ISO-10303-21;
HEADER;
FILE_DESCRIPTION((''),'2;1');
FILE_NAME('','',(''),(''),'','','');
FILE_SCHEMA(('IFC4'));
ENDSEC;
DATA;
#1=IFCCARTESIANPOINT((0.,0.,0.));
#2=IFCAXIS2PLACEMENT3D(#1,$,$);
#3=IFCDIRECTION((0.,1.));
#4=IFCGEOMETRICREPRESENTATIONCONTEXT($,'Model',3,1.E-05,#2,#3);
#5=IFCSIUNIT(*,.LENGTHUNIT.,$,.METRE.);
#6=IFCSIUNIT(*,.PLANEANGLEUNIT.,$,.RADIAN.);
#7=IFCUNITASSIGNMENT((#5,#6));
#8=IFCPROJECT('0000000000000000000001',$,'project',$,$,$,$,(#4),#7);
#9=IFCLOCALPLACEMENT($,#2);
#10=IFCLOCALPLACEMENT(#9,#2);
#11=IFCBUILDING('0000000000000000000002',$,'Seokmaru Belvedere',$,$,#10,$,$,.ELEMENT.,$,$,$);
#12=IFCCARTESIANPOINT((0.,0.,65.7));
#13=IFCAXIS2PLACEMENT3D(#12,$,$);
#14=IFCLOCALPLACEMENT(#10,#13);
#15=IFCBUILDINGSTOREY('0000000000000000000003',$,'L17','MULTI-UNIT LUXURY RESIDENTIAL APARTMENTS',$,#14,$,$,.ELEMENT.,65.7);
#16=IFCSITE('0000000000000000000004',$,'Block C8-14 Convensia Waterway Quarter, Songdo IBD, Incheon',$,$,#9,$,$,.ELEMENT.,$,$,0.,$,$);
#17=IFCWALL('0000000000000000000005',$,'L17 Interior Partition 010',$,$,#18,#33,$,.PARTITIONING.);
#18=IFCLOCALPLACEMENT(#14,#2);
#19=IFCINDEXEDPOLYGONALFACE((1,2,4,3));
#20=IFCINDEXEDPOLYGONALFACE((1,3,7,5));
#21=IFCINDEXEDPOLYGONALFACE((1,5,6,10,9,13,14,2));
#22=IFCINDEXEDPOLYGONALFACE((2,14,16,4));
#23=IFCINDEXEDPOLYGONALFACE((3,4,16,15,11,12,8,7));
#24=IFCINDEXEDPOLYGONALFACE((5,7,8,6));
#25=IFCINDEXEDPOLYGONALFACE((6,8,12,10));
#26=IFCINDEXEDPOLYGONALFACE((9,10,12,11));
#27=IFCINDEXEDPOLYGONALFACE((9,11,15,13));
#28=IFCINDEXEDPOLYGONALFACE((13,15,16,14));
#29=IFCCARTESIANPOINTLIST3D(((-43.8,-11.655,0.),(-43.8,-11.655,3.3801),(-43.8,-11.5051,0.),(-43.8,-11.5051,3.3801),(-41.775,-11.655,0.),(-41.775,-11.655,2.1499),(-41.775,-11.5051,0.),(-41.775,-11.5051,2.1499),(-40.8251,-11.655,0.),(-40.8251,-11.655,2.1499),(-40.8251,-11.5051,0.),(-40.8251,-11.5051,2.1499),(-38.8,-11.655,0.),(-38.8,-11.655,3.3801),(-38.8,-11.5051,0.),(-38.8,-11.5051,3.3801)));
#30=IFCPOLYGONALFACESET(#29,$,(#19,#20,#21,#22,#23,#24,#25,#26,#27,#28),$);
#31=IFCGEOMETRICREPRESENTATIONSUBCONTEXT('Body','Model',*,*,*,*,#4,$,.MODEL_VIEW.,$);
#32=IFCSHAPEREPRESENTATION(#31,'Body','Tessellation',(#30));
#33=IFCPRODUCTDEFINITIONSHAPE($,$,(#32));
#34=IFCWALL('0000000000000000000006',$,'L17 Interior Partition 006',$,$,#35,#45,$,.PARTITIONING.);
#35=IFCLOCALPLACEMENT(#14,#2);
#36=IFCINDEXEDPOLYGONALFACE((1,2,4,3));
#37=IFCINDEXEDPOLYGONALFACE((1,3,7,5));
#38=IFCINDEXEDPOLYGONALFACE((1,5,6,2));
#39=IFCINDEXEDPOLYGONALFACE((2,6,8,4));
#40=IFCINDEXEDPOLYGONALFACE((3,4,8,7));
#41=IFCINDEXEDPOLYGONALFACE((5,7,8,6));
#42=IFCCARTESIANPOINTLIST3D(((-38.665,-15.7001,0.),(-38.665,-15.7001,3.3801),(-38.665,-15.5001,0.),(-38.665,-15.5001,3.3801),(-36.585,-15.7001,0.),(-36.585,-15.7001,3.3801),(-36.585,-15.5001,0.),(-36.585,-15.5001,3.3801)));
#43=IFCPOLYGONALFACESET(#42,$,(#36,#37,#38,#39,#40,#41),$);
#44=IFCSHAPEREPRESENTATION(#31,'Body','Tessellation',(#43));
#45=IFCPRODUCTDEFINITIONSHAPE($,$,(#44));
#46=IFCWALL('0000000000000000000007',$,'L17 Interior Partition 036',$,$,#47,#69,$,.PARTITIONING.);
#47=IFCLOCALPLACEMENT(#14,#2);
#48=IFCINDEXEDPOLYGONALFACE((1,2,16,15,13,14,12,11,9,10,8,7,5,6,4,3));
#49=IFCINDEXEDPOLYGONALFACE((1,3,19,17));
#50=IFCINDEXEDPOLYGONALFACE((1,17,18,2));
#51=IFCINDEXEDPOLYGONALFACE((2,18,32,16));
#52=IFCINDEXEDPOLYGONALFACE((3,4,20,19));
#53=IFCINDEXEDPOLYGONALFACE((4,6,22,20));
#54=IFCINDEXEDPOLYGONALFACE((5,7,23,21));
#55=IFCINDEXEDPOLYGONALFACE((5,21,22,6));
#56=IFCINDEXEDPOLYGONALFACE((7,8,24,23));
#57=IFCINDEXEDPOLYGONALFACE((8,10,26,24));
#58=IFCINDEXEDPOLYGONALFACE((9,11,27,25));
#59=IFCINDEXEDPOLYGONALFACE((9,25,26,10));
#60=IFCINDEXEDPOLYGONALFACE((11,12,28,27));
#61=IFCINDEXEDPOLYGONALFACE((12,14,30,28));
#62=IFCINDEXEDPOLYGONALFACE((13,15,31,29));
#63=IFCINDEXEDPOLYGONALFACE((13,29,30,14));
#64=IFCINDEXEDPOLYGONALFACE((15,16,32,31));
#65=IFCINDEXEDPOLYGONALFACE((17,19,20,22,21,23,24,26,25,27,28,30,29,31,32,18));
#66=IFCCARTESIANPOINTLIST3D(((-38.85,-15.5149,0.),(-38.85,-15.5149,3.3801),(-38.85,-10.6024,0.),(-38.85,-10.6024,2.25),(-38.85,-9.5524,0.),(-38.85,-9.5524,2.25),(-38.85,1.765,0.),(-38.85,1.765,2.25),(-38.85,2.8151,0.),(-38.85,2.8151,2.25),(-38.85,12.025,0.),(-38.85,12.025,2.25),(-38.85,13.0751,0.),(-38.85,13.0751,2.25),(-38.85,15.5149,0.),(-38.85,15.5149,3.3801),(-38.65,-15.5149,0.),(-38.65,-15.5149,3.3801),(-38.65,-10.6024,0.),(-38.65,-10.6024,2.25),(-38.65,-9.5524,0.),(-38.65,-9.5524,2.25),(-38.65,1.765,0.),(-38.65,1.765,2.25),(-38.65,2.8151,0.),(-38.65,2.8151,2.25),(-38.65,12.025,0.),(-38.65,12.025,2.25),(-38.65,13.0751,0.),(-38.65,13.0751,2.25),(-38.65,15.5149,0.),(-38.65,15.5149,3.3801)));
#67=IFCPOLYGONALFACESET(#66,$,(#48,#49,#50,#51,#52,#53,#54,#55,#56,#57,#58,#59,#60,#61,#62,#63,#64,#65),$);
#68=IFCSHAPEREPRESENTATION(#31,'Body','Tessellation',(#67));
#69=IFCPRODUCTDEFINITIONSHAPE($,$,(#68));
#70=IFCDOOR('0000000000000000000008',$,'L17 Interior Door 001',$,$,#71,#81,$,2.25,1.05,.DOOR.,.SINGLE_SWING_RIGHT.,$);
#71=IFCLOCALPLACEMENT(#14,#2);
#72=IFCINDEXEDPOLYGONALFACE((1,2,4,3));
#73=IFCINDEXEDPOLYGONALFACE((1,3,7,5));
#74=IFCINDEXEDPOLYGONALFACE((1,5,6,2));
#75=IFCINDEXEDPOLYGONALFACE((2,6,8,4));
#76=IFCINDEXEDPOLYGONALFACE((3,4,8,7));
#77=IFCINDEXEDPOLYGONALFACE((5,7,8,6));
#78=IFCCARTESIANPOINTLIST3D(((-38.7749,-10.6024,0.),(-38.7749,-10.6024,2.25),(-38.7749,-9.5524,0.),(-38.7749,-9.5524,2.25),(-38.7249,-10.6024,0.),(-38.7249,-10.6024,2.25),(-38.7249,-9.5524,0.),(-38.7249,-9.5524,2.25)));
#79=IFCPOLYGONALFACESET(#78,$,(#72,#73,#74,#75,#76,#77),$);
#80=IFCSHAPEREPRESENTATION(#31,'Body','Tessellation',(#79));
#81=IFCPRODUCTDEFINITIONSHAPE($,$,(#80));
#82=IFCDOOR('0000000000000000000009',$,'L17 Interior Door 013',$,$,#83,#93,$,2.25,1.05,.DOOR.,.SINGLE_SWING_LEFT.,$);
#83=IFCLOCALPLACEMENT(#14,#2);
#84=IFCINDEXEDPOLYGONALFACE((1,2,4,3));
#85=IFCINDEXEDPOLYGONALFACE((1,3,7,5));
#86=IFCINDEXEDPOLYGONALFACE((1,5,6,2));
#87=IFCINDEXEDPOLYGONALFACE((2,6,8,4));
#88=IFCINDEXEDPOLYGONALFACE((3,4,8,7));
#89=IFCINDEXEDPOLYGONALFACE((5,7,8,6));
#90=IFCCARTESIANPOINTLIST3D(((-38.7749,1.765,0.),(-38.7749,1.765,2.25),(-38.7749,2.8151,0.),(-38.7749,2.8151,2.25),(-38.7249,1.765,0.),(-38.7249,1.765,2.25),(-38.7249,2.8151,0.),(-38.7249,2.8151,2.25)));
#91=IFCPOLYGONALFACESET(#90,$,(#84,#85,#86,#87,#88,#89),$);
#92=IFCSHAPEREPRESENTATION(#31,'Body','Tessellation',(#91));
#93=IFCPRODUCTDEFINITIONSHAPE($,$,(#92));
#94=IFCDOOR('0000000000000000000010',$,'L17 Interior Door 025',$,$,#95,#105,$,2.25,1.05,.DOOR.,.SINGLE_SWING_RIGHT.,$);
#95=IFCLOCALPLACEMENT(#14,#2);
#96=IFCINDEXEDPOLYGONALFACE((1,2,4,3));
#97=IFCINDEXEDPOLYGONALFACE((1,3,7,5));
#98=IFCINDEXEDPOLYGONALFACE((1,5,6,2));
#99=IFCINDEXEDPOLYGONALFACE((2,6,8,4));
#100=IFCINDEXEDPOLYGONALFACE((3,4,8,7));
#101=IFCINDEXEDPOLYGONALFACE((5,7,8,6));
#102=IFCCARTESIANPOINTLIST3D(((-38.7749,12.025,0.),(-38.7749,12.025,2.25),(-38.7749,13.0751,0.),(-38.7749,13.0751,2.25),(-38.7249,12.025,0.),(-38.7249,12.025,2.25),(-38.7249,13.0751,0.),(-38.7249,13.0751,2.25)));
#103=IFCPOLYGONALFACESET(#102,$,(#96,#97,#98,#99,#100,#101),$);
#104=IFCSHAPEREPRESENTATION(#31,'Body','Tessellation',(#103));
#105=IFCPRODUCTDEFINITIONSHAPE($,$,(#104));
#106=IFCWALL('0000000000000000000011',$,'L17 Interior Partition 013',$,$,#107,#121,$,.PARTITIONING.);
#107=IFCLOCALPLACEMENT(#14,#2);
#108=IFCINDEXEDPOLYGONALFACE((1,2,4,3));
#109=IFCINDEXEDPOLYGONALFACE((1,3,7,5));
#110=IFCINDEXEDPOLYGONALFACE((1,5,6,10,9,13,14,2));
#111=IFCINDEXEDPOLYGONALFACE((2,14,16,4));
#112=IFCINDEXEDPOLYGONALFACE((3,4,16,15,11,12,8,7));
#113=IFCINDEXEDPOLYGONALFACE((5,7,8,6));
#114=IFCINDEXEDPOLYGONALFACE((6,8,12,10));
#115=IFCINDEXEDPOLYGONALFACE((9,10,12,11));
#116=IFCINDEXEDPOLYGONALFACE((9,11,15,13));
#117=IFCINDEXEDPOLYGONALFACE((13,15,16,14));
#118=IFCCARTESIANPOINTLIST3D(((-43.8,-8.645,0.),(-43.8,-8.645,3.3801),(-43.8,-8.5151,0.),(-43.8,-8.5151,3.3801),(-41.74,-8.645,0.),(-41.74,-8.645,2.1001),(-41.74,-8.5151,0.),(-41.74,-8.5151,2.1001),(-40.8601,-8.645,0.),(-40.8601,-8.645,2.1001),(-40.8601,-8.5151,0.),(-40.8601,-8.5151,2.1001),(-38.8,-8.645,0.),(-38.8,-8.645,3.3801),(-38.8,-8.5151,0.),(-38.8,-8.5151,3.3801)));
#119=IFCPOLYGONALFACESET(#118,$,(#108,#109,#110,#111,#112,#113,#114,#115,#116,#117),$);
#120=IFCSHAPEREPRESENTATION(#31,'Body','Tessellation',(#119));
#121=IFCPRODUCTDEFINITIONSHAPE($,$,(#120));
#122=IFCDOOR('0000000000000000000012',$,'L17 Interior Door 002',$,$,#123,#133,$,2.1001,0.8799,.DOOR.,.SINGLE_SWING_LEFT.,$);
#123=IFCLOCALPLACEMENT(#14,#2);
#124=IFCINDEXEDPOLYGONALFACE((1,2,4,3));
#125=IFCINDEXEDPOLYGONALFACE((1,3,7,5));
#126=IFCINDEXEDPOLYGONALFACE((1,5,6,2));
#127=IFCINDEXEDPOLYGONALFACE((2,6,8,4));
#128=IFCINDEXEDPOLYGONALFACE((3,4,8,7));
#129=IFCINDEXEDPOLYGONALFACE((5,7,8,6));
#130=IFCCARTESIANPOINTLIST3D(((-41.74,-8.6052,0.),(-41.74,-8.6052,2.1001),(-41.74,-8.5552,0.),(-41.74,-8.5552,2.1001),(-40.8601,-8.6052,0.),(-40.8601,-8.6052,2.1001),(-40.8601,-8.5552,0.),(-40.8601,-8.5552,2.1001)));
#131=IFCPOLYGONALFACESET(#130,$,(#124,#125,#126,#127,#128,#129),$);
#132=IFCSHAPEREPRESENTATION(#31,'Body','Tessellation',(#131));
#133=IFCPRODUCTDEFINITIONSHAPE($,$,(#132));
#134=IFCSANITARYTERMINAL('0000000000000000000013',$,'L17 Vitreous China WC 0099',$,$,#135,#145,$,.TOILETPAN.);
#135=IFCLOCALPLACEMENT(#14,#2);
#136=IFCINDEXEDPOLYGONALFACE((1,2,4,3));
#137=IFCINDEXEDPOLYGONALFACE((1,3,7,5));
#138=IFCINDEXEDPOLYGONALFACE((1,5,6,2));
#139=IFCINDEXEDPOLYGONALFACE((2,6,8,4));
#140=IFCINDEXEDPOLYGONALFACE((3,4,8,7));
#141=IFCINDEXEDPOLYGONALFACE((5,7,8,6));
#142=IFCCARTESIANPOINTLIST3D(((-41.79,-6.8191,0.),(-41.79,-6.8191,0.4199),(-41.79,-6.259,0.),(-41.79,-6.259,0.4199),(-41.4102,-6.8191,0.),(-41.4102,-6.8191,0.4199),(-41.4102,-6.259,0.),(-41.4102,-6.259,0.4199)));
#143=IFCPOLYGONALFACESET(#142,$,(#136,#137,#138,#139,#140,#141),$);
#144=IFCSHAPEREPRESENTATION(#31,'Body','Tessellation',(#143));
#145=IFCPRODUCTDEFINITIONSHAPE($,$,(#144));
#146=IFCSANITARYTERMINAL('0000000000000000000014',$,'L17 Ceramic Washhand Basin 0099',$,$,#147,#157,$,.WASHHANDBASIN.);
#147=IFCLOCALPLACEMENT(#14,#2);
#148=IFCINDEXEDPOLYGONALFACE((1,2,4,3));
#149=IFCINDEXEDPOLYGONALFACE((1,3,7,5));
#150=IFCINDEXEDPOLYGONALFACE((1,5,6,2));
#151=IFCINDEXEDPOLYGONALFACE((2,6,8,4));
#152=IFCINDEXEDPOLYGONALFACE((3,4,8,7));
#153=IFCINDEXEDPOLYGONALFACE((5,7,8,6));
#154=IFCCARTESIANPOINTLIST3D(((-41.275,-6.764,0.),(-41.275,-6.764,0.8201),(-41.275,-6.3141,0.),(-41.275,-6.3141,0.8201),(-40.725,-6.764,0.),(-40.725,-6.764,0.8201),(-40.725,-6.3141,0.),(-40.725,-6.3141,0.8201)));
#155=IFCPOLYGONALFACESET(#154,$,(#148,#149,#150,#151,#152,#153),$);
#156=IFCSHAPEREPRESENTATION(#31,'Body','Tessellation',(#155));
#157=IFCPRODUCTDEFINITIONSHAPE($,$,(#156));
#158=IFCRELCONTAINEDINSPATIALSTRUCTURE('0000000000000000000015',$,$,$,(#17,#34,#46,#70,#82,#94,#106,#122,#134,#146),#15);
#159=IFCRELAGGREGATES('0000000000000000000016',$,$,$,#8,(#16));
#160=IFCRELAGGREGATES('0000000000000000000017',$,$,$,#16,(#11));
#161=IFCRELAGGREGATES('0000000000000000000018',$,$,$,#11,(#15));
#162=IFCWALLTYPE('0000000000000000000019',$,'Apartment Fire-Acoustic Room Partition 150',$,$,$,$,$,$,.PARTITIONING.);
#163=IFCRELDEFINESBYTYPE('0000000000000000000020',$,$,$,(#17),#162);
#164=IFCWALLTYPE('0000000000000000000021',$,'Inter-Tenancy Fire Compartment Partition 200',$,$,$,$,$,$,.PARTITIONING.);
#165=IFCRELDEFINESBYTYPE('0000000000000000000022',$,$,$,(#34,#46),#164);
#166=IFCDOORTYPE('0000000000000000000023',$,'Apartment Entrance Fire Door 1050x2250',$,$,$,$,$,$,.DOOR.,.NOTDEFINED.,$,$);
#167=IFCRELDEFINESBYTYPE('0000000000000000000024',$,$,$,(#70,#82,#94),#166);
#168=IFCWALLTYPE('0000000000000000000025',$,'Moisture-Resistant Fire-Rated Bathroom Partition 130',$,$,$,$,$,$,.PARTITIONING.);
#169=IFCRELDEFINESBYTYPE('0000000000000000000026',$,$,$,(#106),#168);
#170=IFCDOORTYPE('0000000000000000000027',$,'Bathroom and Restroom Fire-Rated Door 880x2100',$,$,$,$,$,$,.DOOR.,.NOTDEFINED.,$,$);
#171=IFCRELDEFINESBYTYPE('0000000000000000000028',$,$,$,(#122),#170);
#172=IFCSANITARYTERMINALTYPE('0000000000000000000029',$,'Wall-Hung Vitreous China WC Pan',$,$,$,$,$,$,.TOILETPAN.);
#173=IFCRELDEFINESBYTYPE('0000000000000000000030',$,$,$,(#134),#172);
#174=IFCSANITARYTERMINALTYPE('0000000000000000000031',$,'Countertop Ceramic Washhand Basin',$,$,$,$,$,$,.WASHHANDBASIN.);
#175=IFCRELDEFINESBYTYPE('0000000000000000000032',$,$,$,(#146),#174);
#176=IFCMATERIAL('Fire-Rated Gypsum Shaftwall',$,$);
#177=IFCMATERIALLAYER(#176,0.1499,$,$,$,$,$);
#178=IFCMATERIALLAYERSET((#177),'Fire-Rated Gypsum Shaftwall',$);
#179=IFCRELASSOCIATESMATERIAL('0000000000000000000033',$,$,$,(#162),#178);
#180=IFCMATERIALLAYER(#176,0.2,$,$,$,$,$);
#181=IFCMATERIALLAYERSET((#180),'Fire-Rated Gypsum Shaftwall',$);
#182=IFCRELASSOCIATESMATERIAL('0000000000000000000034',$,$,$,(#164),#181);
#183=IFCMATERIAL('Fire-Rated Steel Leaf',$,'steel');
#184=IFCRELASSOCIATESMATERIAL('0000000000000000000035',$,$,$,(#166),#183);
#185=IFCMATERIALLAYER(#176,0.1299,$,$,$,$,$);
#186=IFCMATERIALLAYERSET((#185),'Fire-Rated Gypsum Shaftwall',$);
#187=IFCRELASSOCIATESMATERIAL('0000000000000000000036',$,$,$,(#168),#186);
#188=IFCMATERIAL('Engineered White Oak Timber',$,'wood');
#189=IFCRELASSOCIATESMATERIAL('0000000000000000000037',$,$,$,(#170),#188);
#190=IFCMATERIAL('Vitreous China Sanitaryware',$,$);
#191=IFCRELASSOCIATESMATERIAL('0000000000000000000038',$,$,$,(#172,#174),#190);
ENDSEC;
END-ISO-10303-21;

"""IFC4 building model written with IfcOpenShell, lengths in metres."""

from ifc_helpers import new_model, si_unit, direction, frame, frame_2d, origin, origin_2d, place, context, subcontext, project, spatial, rectangle, extrude, source, transform, mapped, material, layer, layer_set, type_object, type_shapes, element, fill, save


model = new_model("IFC4")

# Units and contexts
model_context = context("Model", 3, precision=1e-05, world=origin(), true_north=direction((0.0, 1.0)))
body_context = subcontext(model_context, "Body", "Model", "MODEL_VIEW")
ifc_project = project(units=[si_unit("LENGTHUNIT", "METRE"), si_unit("PLANEANGLEUNIT", "RADIAN")], contexts=[model_context])

# Site, building, storey
site_placement = place(None, origin())
site = spatial("IfcSite", under=ifc_project, at=site_placement, Name="Block C8-14 Convensia Waterway Quarter, Songdo IBD, Incheon", CompositionType="ELEMENT", RefElevation=0.0)
building_placement = place(site_placement, origin())
building = spatial("IfcBuilding", under=site, at=building_placement, Name="Seokmaru Belvedere", CompositionType="ELEMENT")
storey_placement = place(building_placement, frame((0.0, 0.0, 65.7)))
storey = spatial("IfcBuildingStorey", under=building, at=storey_placement, Name="L17", Description="MULTI-UNIT LUXURY RESIDENTIAL APARTMENTS", CompositionType="ELEMENT", Elevation=65.7)

# Wall, opening
ifc_material_1 = material(Name="Fire-Rated Gypsum Shaftwall")
ifc_layer_1 = layer(ifc_material_1, 0.1499)
ifc_layer_set_1 = layer_set([ifc_layer_1], Name="Fire-Rated Gypsum Shaftwall")
wall_type_1 = type_object("IfcWallType", Name="Apartment Fire-Acoustic Room Partition 150", PredefinedType="PARTITIONING", material=ifc_layer_set_1)
wall_1_placement = place(storey_placement, frame((-43.8, -11.5801, 0.0), z_axis=(0.0, 0.0, 1.0), x_axis=(1.0, 0.0, 0.0)))
wall_1 = element("IfcWall", 1, at=wall_1_placement, inside=storey, type_object=wall_type_1, Name="L17 Interior Partition 010", PredefinedType="PARTITIONING", context=body_context, shape_type="SweptSolid", body=[
    extrude(rectangle(XDim=5.0, YDim=0.1499, at=frame_2d((2.5, 0.0))), origin(), (0.0, 0.0, 1.0), 3.3801),
])
opening_1_placement = place(wall_1_placement, frame((2.0249, 0.0, 0.0)))
element("IfcOpeningElement", 2, at=opening_1_placement, cuts=wall_1, PredefinedType="OPENING", context=body_context, shape_type="SweptSolid", body=[
    extrude(rectangle(XDim=0.95, YDim=2.1499, at=frame_2d((0.4751, 1.075))), frame((0.0, 0.085, 0.0), z_axis=(0.0, -1.0, 0.0), x_axis=(1.0, 0.0, 0.0)), (0.0, 0.0, 1.0), 0.1699),
])

# Wall
ifc_layer_2 = layer(ifc_material_1, 0.2)
ifc_layer_set_2 = layer_set([ifc_layer_2], Name="Fire-Rated Gypsum Shaftwall")
wall_type_2 = type_object("IfcWallType", Name="Inter-Tenancy Fire Compartment Partition 200", PredefinedType="PARTITIONING", material=ifc_layer_set_2)
wall_2_placement = place(storey_placement, frame((-38.665, -15.6001, 0.0), z_axis=(0.0, 0.0, 1.0), x_axis=(1.0, 0.0, 0.0)))
element("IfcWall", 3, at=wall_2_placement, inside=storey, type_object=wall_type_2, Name="L17 Interior Partition 006", PredefinedType="PARTITIONING", context=body_context, shape_type="SweptSolid", body=[
    extrude(rectangle(XDim=2.0801, YDim=0.2, at=frame_2d((1.04, 0.0))), origin(), (0.0, 0.0, 1.0), 3.3801),
])

# Wall, openings, doors
wall_3_placement = place(storey_placement, frame((-38.75, -15.5149, 0.0), z_axis=(0.0, 0.0, 1.0), x_axis=(0.0, 1.0, 0.0)))
wall_3 = element("IfcWall", 4, at=wall_3_placement, inside=storey, type_object=wall_type_2, Name="L17 Interior Partition 036", PredefinedType="PARTITIONING", context=body_context, shape_type="SweptSolid", body=[
    extrude(rectangle(XDim=31.0298, YDim=0.2, at=frame_2d((15.5149, 0.0))), origin(), (0.0, 0.0, 1.0), 3.3801),
])
opening_2_placement = place(wall_3_placement, frame((4.9126, 0.0, 0.0)))
opening_2 = element("IfcOpeningElement", 5, at=opening_2_placement, cuts=wall_3, PredefinedType="OPENING", context=body_context, shape_type="SweptSolid", body=[
    extrude(rectangle(XDim=1.05, YDim=2.25, at=frame_2d((0.5249, 1.125))), frame((0.0, 0.1099, 0.0), z_axis=(0.0, -1.0, 0.0), x_axis=(1.0, 0.0, 0.0)), (0.0, 0.0, 1.0), 0.22),
])
opening_3_placement = place(wall_3_placement, frame((17.28, 0.0, 0.0)))
opening_3 = element("IfcOpeningElement", 6, at=opening_3_placement, cuts=wall_3, PredefinedType="OPENING", context=body_context, shape_type="SweptSolid", body=[
    extrude(rectangle(XDim=1.05, YDim=2.25, at=frame_2d((0.5249, 1.125))), frame((0.0, 0.1099, 0.0), z_axis=(0.0, -1.0, 0.0), x_axis=(1.0, 0.0, 0.0)), (0.0, 0.0, 1.0), 0.22),
])
opening_4_placement = place(wall_3_placement, frame((27.54, 0.0, 0.0)))
opening_4 = element("IfcOpeningElement", 7, at=opening_4_placement, cuts=wall_3, PredefinedType="OPENING", context=body_context, shape_type="SweptSolid", body=[
    extrude(rectangle(XDim=1.05, YDim=2.25, at=frame_2d((0.5249, 1.125))), frame((0.0, 0.1099, 0.0), z_axis=(0.0, -1.0, 0.0), x_axis=(1.0, 0.0, 0.0)), (0.0, 0.0, 1.0), 0.22),
])
ifc_material_2 = material(Name="Fire-Rated Steel Leaf", Category="steel")
door_type_1 = type_object("IfcDoorType", Name="Apartment Entrance Fire Door 1050x2250", OperationType="NOTDEFINED", PredefinedType="DOOR", material=ifc_material_2)
shared_shape_1 = source(origin(), body_context, "Body", "SweptSolid", [
    extrude(rectangle(XDim=1.05, YDim=2.25, at=frame_2d((0.5249, 1.125))), frame((0.0, 0.0249, 0.0), z_axis=(0.0, -1.0, 0.0), x_axis=(1.0, 0.0, 0.0)), (0.0, 0.0, 1.0), 0.05),
])
type_shapes(door_type_1, [shared_shape_1])
door_1_placement = place(opening_2_placement, origin())
door_1 = element("IfcDoor", 8, at=door_1_placement, inside=storey, type_object=door_type_1, Name="L17 Interior Door 001", OperationType="SINGLE_SWING_RIGHT", OverallHeight=2.25, OverallWidth=1.05, PredefinedType="DOOR", context=body_context, shape_type="MappedRepresentation", body=[
    mapped(shared_shape_1, transform((0.0, 0.0, 0.0), scale=1.0)),
])
fill(opening_2, door_1)
door_2_placement = place(opening_3_placement, origin())
door_2 = element("IfcDoor", 9, at=door_2_placement, inside=storey, type_object=door_type_1, Name="L17 Interior Door 013", OperationType="SINGLE_SWING_LEFT", OverallHeight=2.25, OverallWidth=1.05, PredefinedType="DOOR", context=body_context, shape_type="MappedRepresentation", body=[
    mapped(shared_shape_1, transform((0.0, 0.0, 0.0), scale=1.0)),
])
fill(opening_3, door_2)
door_3_placement = place(opening_4_placement, origin())
door_3 = element("IfcDoor", 10, at=door_3_placement, inside=storey, type_object=door_type_1, Name="L17 Interior Door 025", OperationType="SINGLE_SWING_RIGHT", OverallHeight=2.25, OverallWidth=1.05, PredefinedType="DOOR", context=body_context, shape_type="MappedRepresentation", body=[
    mapped(shared_shape_1, transform((0.0, 0.0, 0.0), scale=1.0)),
])
fill(opening_4, door_3)

# Wall, opening, door
ifc_layer_3 = layer(ifc_material_1, 0.1299)
ifc_layer_set_3 = layer_set([ifc_layer_3], Name="Fire-Rated Gypsum Shaftwall")
wall_type_3 = type_object("IfcWallType", Name="Moisture-Resistant Fire-Rated Bathroom Partition 130", PredefinedType="PARTITIONING", material=ifc_layer_set_3)
wall_4_placement = place(storey_placement, frame((-43.8, -8.5801, 0.0), z_axis=(0.0, 0.0, 1.0), x_axis=(1.0, 0.0, 0.0)))
wall_4 = element("IfcWall", 11, at=wall_4_placement, inside=storey, type_object=wall_type_3, Name="L17 Interior Partition 013", PredefinedType="PARTITIONING", context=body_context, shape_type="SweptSolid", body=[
    extrude(rectangle(XDim=5.0, YDim=0.1299, at=frame_2d((2.5, 0.0))), origin(), (0.0, 0.0, 1.0), 3.3801),
])
opening_5_placement = place(wall_4_placement, frame((2.0601, 0.0, 0.0)))
opening_5 = element("IfcOpeningElement", 12, at=opening_5_placement, cuts=wall_4, PredefinedType="OPENING", context=body_context, shape_type="SweptSolid", body=[
    extrude(rectangle(XDim=0.8799, YDim=2.1001, at=frame_2d((0.4399, 1.05))), frame((0.0, 0.075, 0.0), z_axis=(0.0, -1.0, 0.0), x_axis=(1.0, 0.0, 0.0)), (0.0, 0.0, 1.0), 0.1499),
])
ifc_material_3 = material(Name="Engineered White Oak Timber", Category="wood")
door_type_2 = type_object("IfcDoorType", Name="Bathroom and Restroom Fire-Rated Door 880x2100", OperationType="NOTDEFINED", PredefinedType="DOOR", material=ifc_material_3)
shared_shape_2 = source(origin(), body_context, "Body", "SweptSolid", [
    extrude(rectangle(XDim=0.8799, YDim=2.1001, at=frame_2d((0.4399, 1.05))), frame((0.0, 0.0249, 0.0), z_axis=(0.0, -1.0, 0.0), x_axis=(1.0, 0.0, 0.0)), (0.0, 0.0, 1.0), 0.05),
])
type_shapes(door_type_2, [shared_shape_2])
door_4_placement = place(opening_5_placement, origin())
door_4 = element("IfcDoor", 13, at=door_4_placement, inside=storey, type_object=door_type_2, Name="L17 Interior Door 002", OperationType="SINGLE_SWING_LEFT", OverallHeight=2.1001, OverallWidth=0.8799, PredefinedType="DOOR", context=body_context, shape_type="MappedRepresentation", body=[
    mapped(shared_shape_2, transform((0.0, 0.0, 0.0), scale=1.0)),
])
fill(opening_5, door_4)

# Sanitary terminals
ifc_material_4 = material(Name="Vitreous China Sanitaryware")
sanitary_terminal_type_1 = type_object("IfcSanitaryTerminalType", Name="Wall-Hung Vitreous China WC Pan", PredefinedType="TOILETPAN", material=ifc_material_4)
shared_shape_3 = source(origin(), body_context, "Body", "SweptSolid", [
    extrude(rectangle(XDim=0.3799, YDim=0.5601, at=origin_2d()), origin(), (0.0, 0.0, 1.0), 0.4199),
])
type_shapes(sanitary_terminal_type_1, [shared_shape_3])
sanitary_terminal_1_placement = place(storey_placement, frame((-41.6001, -6.5391, 0.0), z_axis=(0.0, 0.0, 1.0), x_axis=(1.0, 0.0, 0.0)))
element("IfcSanitaryTerminal", 14, at=sanitary_terminal_1_placement, inside=storey, type_object=sanitary_terminal_type_1, Name="L17 Vitreous China WC 0099", PredefinedType="TOILETPAN", context=body_context, shape_type="MappedRepresentation", body=[
    mapped(shared_shape_3, transform((0.0, 0.0, 0.0), scale=1.0)),
])
sanitary_terminal_type_2 = type_object("IfcSanitaryTerminalType", Name="Countertop Ceramic Washhand Basin", PredefinedType="WASHHANDBASIN", material=ifc_material_4)
shared_shape_4 = source(origin(), body_context, "Body", "SweptSolid", [
    extrude(rectangle(XDim=0.55, YDim=0.45, at=origin_2d()), origin(), (0.0, 0.0, 1.0), 0.8201),
])
type_shapes(sanitary_terminal_type_2, [shared_shape_4])
sanitary_terminal_2_placement = place(storey_placement, frame((-41.0, -6.5391, 0.0), z_axis=(0.0, 0.0, 1.0), x_axis=(1.0, 0.0, 0.0)))
element("IfcSanitaryTerminal", 15, at=sanitary_terminal_2_placement, inside=storey, type_object=sanitary_terminal_type_2, Name="L17 Ceramic Washhand Basin 0099", PredefinedType="WASHHANDBASIN", context=body_context, shape_type="MappedRepresentation", body=[
    mapped(shared_shape_4, transform((0.0, 0.0, 0.0), scale=1.0)),
])

save(model, "model.ifc")
